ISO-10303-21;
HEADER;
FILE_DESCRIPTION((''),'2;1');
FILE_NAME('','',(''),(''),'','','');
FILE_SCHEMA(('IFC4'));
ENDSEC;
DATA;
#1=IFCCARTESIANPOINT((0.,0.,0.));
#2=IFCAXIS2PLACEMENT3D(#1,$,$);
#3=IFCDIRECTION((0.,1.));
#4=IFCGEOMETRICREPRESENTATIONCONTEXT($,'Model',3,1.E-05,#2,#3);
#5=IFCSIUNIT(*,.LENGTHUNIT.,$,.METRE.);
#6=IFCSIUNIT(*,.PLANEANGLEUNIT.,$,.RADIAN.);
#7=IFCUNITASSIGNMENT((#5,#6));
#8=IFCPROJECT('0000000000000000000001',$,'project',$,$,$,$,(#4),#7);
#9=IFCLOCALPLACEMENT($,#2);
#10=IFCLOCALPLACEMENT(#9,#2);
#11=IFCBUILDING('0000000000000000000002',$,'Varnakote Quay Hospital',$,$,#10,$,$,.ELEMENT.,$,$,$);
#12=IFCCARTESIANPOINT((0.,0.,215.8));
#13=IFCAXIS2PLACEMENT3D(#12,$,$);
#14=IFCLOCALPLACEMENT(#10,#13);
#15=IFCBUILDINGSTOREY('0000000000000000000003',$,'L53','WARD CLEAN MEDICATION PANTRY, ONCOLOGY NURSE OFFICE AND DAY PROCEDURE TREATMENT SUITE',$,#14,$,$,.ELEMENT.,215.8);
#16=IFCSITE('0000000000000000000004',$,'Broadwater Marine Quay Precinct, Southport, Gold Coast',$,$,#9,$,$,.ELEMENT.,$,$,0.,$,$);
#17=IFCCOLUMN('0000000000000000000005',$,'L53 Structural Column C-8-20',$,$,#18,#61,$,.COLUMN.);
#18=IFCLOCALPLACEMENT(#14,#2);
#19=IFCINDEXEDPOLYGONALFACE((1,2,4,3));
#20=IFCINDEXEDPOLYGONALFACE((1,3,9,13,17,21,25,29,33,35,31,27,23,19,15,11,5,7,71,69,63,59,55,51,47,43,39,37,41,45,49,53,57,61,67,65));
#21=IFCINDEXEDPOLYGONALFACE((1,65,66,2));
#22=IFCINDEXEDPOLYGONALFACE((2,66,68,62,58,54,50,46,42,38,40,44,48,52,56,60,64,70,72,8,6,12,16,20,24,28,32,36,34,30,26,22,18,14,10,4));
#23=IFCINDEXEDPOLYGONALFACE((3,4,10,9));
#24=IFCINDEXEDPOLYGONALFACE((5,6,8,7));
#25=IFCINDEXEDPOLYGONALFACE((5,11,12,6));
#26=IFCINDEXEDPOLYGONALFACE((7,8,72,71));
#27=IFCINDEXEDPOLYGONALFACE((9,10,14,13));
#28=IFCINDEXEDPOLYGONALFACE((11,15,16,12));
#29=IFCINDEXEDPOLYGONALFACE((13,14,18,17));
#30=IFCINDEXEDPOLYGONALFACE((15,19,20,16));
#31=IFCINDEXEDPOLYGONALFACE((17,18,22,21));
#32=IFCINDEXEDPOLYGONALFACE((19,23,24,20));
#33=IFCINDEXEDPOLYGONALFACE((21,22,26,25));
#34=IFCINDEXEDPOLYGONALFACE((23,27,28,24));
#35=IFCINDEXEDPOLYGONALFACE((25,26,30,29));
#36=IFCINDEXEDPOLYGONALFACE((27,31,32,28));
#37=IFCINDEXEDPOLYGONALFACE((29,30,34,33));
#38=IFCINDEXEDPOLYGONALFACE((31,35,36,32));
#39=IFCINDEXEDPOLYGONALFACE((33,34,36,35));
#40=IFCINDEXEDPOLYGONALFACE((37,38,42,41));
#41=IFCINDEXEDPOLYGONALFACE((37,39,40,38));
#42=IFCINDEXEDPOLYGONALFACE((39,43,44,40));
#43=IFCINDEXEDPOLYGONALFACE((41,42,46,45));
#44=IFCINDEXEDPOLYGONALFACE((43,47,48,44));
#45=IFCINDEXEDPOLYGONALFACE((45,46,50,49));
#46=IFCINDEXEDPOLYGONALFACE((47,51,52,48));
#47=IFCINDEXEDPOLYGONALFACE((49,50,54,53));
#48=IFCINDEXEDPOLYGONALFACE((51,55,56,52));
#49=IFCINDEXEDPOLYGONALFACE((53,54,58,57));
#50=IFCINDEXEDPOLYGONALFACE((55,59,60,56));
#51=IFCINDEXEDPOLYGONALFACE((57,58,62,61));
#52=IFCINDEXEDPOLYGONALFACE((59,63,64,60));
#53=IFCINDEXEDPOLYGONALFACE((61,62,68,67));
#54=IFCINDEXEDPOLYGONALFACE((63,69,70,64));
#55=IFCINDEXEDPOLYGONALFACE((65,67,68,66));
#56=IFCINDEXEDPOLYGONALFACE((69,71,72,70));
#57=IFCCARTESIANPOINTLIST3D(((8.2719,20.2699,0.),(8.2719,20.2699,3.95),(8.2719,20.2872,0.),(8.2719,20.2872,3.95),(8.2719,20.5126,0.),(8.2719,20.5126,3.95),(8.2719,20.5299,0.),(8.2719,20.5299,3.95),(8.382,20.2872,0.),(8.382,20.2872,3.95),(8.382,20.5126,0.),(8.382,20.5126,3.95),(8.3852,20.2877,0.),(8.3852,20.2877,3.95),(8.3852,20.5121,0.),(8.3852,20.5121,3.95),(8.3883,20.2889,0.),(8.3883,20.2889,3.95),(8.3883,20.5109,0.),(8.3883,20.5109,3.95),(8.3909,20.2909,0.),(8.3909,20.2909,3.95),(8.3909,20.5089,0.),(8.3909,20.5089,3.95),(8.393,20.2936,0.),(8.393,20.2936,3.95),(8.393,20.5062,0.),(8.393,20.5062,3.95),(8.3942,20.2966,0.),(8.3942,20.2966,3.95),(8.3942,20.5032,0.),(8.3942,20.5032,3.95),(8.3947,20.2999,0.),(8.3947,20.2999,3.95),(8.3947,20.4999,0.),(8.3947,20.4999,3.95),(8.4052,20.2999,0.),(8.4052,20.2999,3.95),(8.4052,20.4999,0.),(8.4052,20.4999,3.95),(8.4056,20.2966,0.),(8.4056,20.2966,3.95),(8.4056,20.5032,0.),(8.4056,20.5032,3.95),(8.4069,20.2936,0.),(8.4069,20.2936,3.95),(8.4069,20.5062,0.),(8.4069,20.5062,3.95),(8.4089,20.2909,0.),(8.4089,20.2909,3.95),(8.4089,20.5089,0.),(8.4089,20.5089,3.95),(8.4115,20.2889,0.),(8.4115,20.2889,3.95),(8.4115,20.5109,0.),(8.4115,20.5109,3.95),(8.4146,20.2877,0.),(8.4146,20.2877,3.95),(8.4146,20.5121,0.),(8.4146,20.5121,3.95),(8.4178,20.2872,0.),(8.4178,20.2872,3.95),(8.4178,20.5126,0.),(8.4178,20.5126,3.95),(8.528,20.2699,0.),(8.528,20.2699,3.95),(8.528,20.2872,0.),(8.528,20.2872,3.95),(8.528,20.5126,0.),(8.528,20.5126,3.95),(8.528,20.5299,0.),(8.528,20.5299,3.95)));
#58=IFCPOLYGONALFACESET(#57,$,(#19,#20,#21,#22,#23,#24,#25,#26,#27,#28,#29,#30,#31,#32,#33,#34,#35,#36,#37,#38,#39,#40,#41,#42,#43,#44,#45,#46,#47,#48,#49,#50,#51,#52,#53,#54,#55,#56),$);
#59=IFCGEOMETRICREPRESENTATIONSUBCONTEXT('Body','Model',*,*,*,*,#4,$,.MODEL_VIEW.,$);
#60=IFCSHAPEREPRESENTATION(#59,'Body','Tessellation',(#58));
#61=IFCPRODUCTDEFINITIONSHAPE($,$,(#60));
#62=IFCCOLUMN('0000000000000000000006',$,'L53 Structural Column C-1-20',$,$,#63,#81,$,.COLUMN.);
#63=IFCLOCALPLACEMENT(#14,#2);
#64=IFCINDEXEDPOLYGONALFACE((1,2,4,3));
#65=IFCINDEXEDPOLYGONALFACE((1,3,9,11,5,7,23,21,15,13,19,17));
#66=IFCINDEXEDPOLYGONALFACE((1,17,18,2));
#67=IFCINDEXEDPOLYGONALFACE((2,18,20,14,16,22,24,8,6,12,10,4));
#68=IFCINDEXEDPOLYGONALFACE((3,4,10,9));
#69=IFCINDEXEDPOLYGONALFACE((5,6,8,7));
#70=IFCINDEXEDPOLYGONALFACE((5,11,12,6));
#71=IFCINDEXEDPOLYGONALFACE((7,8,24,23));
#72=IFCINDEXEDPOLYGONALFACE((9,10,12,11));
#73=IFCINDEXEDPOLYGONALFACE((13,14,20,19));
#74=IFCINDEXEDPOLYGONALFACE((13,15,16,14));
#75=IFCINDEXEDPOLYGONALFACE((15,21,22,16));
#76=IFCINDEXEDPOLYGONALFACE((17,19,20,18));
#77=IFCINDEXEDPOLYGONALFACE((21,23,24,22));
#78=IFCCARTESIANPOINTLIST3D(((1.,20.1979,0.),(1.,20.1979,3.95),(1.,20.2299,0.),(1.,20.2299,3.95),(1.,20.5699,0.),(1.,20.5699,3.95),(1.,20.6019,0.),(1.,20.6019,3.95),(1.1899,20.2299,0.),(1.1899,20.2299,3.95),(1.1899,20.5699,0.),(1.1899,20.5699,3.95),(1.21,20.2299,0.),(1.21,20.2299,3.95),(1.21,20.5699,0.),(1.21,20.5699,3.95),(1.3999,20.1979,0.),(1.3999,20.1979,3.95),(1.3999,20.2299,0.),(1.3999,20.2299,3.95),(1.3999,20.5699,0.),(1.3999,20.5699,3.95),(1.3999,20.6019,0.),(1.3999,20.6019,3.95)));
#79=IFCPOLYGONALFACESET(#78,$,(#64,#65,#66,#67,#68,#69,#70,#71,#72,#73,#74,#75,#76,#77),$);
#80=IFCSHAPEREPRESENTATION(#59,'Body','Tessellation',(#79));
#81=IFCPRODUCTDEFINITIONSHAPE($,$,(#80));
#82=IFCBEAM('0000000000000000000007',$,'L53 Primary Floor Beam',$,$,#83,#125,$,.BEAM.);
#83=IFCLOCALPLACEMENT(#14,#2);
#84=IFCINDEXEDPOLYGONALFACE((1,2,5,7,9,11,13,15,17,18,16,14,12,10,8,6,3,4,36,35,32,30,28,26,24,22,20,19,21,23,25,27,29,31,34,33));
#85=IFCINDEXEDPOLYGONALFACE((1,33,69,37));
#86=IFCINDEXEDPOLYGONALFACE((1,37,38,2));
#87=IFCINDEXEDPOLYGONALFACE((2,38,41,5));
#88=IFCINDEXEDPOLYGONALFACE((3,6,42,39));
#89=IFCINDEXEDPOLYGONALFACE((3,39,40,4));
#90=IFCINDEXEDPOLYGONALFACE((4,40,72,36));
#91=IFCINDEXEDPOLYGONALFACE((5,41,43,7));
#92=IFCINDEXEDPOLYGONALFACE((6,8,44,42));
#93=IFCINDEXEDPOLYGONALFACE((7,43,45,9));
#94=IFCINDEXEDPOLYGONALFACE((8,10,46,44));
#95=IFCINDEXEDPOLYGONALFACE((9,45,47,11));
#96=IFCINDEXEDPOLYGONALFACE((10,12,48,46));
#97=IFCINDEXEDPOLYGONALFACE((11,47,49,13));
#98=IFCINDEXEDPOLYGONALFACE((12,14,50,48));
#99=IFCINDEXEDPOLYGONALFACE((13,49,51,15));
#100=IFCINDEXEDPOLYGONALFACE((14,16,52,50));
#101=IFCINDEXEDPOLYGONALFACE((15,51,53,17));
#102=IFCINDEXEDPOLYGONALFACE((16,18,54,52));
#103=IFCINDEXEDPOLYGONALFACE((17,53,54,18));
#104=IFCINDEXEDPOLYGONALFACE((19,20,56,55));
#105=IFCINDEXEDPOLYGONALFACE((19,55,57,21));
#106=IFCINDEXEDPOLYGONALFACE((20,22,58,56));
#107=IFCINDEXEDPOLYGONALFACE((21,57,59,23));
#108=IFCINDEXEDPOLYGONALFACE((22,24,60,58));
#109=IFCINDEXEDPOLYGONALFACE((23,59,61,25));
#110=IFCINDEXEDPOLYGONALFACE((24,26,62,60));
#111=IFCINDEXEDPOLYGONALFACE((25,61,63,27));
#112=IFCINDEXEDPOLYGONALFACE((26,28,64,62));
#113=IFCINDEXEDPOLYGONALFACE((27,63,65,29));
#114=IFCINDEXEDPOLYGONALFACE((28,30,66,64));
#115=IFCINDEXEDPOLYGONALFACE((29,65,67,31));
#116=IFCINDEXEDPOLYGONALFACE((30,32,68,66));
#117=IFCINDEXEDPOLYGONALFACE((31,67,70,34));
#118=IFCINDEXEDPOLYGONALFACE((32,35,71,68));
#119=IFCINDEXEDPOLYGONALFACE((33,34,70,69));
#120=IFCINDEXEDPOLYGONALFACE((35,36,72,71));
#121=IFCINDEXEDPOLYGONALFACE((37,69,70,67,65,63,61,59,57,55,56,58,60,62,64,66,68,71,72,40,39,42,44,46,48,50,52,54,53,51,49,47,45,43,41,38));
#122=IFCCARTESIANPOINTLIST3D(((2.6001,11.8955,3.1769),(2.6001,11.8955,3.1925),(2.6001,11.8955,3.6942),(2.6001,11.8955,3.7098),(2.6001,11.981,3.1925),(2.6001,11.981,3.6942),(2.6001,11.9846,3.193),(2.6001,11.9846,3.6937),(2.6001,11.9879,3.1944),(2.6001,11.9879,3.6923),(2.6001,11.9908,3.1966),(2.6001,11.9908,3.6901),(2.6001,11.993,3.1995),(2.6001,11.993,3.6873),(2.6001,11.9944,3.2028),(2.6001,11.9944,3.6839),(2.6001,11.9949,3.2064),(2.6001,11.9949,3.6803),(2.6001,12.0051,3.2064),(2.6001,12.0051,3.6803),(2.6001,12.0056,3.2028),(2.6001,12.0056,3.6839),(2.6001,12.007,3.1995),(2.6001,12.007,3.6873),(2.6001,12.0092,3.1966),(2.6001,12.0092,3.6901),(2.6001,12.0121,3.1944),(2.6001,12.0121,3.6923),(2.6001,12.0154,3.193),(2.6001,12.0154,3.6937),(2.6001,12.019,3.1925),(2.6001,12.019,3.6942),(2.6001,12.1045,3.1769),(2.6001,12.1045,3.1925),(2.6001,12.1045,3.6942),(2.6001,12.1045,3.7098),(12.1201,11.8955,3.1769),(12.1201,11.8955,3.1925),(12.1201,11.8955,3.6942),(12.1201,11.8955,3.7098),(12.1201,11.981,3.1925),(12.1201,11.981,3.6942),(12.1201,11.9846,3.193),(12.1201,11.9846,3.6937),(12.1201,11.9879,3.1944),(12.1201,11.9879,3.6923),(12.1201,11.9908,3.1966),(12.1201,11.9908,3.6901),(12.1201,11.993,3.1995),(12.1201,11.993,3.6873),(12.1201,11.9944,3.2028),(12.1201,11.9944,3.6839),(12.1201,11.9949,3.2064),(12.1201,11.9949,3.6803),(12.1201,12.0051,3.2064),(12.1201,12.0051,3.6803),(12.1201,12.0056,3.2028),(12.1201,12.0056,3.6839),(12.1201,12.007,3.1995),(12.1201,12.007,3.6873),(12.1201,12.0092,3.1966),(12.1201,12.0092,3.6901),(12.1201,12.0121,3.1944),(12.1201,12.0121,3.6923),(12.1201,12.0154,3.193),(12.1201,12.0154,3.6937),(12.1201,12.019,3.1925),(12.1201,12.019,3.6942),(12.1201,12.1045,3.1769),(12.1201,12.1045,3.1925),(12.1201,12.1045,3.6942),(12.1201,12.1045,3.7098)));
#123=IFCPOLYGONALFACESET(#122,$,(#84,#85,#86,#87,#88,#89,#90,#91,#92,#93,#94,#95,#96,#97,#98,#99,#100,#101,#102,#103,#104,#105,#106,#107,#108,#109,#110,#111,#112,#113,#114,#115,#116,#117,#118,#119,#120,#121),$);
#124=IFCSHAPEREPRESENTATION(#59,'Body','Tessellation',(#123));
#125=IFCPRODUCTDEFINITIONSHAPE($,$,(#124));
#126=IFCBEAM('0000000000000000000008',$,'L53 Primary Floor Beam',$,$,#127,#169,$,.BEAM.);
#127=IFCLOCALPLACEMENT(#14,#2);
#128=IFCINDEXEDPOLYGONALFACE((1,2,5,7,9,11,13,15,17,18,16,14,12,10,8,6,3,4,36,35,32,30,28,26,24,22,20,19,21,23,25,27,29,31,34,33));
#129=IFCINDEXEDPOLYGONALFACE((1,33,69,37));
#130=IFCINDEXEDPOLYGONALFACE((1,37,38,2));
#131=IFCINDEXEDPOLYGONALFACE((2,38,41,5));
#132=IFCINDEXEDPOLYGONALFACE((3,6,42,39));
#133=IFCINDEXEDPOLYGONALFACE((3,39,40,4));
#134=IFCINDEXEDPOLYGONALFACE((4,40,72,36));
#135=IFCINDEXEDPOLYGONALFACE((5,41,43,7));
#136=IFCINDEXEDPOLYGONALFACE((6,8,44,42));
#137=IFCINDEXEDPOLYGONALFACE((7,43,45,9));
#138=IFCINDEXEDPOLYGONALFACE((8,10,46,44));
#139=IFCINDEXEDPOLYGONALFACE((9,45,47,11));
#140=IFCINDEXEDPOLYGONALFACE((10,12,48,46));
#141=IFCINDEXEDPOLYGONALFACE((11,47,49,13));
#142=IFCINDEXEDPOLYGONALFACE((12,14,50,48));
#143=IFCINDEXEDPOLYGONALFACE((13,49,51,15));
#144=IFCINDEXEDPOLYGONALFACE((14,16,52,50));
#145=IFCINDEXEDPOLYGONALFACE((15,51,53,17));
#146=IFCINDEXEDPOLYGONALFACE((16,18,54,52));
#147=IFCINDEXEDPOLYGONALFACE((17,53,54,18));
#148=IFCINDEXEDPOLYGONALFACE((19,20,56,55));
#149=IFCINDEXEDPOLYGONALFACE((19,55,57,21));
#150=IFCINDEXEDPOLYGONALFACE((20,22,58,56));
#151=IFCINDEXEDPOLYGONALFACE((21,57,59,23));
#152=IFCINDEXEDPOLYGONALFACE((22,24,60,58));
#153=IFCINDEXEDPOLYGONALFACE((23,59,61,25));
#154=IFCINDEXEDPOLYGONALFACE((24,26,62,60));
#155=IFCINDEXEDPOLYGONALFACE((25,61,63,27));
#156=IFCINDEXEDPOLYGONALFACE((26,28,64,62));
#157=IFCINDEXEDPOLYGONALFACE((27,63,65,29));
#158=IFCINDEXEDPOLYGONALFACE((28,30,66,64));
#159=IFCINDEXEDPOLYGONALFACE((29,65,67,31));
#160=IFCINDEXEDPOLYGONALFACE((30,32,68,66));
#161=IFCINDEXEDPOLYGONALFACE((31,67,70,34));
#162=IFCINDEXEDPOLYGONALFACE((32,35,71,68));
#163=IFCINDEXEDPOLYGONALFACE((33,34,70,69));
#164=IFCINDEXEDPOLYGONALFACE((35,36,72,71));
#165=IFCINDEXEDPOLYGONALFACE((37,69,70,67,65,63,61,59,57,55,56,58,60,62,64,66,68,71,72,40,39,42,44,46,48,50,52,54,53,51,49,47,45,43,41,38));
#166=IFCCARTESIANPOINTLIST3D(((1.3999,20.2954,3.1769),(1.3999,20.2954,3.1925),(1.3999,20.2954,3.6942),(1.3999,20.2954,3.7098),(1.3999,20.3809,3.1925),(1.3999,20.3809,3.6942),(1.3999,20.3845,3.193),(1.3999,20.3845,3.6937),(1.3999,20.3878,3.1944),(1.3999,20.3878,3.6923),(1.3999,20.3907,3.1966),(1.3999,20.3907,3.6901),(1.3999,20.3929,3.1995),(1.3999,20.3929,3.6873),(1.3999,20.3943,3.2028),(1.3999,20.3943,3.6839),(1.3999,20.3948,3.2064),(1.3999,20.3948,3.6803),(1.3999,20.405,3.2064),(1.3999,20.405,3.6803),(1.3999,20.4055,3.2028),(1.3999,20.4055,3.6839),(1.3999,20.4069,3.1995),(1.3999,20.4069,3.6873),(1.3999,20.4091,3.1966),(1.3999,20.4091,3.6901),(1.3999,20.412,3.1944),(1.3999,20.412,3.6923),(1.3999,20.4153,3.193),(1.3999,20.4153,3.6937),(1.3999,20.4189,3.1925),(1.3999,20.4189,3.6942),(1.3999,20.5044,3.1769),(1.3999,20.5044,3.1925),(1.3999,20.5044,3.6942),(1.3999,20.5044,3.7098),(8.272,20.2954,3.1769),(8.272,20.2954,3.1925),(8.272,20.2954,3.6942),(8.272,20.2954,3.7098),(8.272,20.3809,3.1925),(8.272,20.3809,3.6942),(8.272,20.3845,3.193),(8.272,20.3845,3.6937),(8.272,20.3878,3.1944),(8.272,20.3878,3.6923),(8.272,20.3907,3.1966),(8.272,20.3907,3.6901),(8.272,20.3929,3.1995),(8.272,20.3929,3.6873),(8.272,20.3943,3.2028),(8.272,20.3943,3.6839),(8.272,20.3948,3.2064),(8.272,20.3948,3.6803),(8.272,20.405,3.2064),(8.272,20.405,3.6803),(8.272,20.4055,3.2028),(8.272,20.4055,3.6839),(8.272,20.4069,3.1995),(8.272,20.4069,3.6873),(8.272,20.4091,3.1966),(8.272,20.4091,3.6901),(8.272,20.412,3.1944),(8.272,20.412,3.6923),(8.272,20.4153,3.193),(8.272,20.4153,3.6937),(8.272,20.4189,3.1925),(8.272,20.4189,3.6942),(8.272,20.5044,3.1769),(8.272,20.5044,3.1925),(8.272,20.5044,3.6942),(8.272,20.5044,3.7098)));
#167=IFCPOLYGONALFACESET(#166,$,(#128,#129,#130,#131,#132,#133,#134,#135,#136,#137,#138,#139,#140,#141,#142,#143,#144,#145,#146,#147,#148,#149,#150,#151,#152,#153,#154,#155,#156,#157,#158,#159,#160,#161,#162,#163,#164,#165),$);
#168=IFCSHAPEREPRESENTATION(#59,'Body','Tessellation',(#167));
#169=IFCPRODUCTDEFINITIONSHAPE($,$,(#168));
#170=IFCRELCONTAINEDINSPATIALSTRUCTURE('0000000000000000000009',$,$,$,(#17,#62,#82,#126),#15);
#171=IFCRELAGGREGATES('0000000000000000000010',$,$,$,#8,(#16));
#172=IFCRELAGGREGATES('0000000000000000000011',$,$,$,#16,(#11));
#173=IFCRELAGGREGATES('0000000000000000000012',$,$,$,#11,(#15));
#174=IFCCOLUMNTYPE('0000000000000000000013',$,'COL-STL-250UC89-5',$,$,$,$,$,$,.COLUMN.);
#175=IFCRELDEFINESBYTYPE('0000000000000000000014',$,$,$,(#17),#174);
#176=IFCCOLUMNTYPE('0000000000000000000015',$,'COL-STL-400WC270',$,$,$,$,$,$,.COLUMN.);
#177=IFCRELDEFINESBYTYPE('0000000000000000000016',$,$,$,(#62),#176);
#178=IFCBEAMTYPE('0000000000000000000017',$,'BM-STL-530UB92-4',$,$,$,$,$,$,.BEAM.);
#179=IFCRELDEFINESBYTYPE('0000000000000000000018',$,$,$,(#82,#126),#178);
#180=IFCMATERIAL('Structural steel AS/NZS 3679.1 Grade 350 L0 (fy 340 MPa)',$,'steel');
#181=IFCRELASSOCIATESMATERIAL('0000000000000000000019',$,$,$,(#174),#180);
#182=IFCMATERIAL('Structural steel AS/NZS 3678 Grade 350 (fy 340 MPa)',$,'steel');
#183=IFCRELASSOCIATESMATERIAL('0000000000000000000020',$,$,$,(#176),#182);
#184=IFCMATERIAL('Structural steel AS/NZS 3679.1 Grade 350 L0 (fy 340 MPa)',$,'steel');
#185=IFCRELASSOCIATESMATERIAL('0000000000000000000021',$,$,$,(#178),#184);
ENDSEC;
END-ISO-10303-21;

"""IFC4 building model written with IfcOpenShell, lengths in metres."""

from ifc_helpers import new_model, si_unit, direction, frame, origin, origin_2d, place, context, subcontext, project, spatial, i_section, extrude, material, material_profile, profile_set, type_object, element, save


model = new_model("IFC4")

# Units and contexts
model_context = context("Model", 3, precision=1e-05, world=origin(), true_north=direction((0.0, 1.0)))
body_context = subcontext(model_context, "Body", "Model", "MODEL_VIEW")
ifc_project = project(units=[si_unit("LENGTHUNIT", "METRE"), si_unit("PLANEANGLEUNIT", "RADIAN")], contexts=[model_context])

# Site, building, storey
site_placement = place(None, origin())
site = spatial("IfcSite", under=ifc_project, at=site_placement, Name="Broadwater Marine Quay Precinct, Southport, Gold Coast", CompositionType="ELEMENT", RefElevation=0.0)
building_placement = place(site_placement, origin())
building = spatial("IfcBuilding", under=site, at=building_placement, Name="Varnakote Quay Hospital", CompositionType="ELEMENT")
storey_placement = place(building_placement, frame((0.0, 0.0, 215.8)))
storey = spatial("IfcBuildingStorey", under=building, at=storey_placement, Name="L53", Description="WARD CLEAN MEDICATION PANTRY, ONCOLOGY NURSE OFFICE AND DAY PROCEDURE TREATMENT SUITE", CompositionType="ELEMENT", Elevation=215.8)

# Columns
ifc_material_1 = material(Name="Structural steel AS/NZS 3679.1 Grade 350 L0 (fy 340 MPa)", Category="steel")
ifc_material_profile_1 = material_profile(ifc_material_1, i_section(OverallWidth=0.2561, OverallDepth=0.26, WebThickness=0.0105, FlangeThickness=0.0173, FilletRadius=0.0127, at=origin_2d()), Name="250UC89.5")
ifc_profile_set_1 = profile_set([ifc_material_profile_1], Name="Structural steel AS/NZS 3679.1 Grade 350 L0 (fy 340 MPa)")
column_type_1 = type_object("IfcColumnType", Name="COL-STL-250UC89-5", PredefinedType="COLUMN", material=ifc_profile_set_1)
column_1_placement = place(storey_placement, frame((8.3999, 20.3999, 0.0), z_axis=(0.0, 0.0, 1.0), x_axis=(1.0, 0.0, 0.0)))
element("IfcColumn", 1, at=column_1_placement, inside=storey, type_object=column_type_1, Name="L53 Structural Column C-8-20", PredefinedType="COLUMN", context=body_context, shape_type="SweptSolid", body=[
    extrude(i_section(OverallWidth=0.2561, OverallDepth=0.26, WebThickness=0.0105, FlangeThickness=0.0173, FilletRadius=0.0127, at=origin_2d()), origin(), (0.0, 0.0, 1.0), 3.95),
])
ifc_material_2 = material(Name="Structural steel AS/NZS 3678 Grade 350 (fy 340 MPa)", Category="steel")
ifc_material_profile_2 = material_profile(ifc_material_2, i_section(OverallWidth=0.3999, OverallDepth=0.4041, WebThickness=0.02, FlangeThickness=0.032, at=origin_2d()), Name="400WC270")
ifc_profile_set_2 = profile_set([ifc_material_profile_2], Name="Structural steel AS/NZS 3678 Grade 350 (fy 340 MPa)")
column_type_2 = type_object("IfcColumnType", Name="COL-STL-400WC270", PredefinedType="COLUMN", material=ifc_profile_set_2)
column_2_placement = place(storey_placement, frame((1.2, 20.3999, 0.0), z_axis=(0.0, 0.0, 1.0), x_axis=(1.0, 0.0, 0.0)))
element("IfcColumn", 2, at=column_2_placement, inside=storey, type_object=column_type_2, Name="L53 Structural Column C-1-20", PredefinedType="COLUMN", context=body_context, shape_type="SweptSolid", body=[
    extrude(i_section(OverallWidth=0.3999, OverallDepth=0.4041, WebThickness=0.02, FlangeThickness=0.032, at=origin_2d()), origin(), (0.0, 0.0, 1.0), 3.95),
])

# Beams
ifc_material_3 = material(Name="Structural steel AS/NZS 3679.1 Grade 350 L0 (fy 340 MPa)", Category="steel")
ifc_material_profile_3 = material_profile(ifc_material_3, i_section(OverallWidth=0.209, OverallDepth=0.533, WebThickness=0.0103, FlangeThickness=0.0156, FilletRadius=0.0139, at=origin_2d()), Name="530UB92.4")
ifc_profile_set_3 = profile_set([ifc_material_profile_3], Name="Structural steel AS/NZS 3679.1 Grade 350 L0 (fy 340 MPa)")
beam_type_1 = type_object("IfcBeamType", Name="BM-STL-530UB92-4", PredefinedType="BEAM", material=ifc_profile_set_3)
beam_1_placement = place(storey_placement, frame((2.6001, 12.0, 3.4434), z_axis=(1.0, 0.0, 0.0), x_axis=(0.0, 1.0, 0.0)))
element("IfcBeam", 3, at=beam_1_placement, inside=storey, type_object=beam_type_1, Name="L53 Primary Floor Beam", PredefinedType="BEAM", context=body_context, shape_type="SweptSolid", body=[
    extrude(i_section(OverallWidth=0.209, OverallDepth=0.533, WebThickness=0.0103, FlangeThickness=0.0156, FilletRadius=0.0139, at=origin_2d()), origin(), (0.0, 0.0, 1.0), 9.52),
])
beam_2_placement = place(storey_placement, frame((1.3999, 20.3999, 3.4434), z_axis=(1.0, 0.0, 0.0), x_axis=(0.0, 1.0, 0.0)))
element("IfcBeam", 4, at=beam_2_placement, inside=storey, type_object=beam_type_1, Name="L53 Primary Floor Beam", PredefinedType="BEAM", context=body_context, shape_type="SweptSolid", body=[
    extrude(i_section(OverallWidth=0.209, OverallDepth=0.533, WebThickness=0.0103, FlangeThickness=0.0156, FilletRadius=0.0139, at=origin_2d()), origin(), (0.0, 0.0, 1.0), 6.8721),
])

save(model, "model.ifc")
